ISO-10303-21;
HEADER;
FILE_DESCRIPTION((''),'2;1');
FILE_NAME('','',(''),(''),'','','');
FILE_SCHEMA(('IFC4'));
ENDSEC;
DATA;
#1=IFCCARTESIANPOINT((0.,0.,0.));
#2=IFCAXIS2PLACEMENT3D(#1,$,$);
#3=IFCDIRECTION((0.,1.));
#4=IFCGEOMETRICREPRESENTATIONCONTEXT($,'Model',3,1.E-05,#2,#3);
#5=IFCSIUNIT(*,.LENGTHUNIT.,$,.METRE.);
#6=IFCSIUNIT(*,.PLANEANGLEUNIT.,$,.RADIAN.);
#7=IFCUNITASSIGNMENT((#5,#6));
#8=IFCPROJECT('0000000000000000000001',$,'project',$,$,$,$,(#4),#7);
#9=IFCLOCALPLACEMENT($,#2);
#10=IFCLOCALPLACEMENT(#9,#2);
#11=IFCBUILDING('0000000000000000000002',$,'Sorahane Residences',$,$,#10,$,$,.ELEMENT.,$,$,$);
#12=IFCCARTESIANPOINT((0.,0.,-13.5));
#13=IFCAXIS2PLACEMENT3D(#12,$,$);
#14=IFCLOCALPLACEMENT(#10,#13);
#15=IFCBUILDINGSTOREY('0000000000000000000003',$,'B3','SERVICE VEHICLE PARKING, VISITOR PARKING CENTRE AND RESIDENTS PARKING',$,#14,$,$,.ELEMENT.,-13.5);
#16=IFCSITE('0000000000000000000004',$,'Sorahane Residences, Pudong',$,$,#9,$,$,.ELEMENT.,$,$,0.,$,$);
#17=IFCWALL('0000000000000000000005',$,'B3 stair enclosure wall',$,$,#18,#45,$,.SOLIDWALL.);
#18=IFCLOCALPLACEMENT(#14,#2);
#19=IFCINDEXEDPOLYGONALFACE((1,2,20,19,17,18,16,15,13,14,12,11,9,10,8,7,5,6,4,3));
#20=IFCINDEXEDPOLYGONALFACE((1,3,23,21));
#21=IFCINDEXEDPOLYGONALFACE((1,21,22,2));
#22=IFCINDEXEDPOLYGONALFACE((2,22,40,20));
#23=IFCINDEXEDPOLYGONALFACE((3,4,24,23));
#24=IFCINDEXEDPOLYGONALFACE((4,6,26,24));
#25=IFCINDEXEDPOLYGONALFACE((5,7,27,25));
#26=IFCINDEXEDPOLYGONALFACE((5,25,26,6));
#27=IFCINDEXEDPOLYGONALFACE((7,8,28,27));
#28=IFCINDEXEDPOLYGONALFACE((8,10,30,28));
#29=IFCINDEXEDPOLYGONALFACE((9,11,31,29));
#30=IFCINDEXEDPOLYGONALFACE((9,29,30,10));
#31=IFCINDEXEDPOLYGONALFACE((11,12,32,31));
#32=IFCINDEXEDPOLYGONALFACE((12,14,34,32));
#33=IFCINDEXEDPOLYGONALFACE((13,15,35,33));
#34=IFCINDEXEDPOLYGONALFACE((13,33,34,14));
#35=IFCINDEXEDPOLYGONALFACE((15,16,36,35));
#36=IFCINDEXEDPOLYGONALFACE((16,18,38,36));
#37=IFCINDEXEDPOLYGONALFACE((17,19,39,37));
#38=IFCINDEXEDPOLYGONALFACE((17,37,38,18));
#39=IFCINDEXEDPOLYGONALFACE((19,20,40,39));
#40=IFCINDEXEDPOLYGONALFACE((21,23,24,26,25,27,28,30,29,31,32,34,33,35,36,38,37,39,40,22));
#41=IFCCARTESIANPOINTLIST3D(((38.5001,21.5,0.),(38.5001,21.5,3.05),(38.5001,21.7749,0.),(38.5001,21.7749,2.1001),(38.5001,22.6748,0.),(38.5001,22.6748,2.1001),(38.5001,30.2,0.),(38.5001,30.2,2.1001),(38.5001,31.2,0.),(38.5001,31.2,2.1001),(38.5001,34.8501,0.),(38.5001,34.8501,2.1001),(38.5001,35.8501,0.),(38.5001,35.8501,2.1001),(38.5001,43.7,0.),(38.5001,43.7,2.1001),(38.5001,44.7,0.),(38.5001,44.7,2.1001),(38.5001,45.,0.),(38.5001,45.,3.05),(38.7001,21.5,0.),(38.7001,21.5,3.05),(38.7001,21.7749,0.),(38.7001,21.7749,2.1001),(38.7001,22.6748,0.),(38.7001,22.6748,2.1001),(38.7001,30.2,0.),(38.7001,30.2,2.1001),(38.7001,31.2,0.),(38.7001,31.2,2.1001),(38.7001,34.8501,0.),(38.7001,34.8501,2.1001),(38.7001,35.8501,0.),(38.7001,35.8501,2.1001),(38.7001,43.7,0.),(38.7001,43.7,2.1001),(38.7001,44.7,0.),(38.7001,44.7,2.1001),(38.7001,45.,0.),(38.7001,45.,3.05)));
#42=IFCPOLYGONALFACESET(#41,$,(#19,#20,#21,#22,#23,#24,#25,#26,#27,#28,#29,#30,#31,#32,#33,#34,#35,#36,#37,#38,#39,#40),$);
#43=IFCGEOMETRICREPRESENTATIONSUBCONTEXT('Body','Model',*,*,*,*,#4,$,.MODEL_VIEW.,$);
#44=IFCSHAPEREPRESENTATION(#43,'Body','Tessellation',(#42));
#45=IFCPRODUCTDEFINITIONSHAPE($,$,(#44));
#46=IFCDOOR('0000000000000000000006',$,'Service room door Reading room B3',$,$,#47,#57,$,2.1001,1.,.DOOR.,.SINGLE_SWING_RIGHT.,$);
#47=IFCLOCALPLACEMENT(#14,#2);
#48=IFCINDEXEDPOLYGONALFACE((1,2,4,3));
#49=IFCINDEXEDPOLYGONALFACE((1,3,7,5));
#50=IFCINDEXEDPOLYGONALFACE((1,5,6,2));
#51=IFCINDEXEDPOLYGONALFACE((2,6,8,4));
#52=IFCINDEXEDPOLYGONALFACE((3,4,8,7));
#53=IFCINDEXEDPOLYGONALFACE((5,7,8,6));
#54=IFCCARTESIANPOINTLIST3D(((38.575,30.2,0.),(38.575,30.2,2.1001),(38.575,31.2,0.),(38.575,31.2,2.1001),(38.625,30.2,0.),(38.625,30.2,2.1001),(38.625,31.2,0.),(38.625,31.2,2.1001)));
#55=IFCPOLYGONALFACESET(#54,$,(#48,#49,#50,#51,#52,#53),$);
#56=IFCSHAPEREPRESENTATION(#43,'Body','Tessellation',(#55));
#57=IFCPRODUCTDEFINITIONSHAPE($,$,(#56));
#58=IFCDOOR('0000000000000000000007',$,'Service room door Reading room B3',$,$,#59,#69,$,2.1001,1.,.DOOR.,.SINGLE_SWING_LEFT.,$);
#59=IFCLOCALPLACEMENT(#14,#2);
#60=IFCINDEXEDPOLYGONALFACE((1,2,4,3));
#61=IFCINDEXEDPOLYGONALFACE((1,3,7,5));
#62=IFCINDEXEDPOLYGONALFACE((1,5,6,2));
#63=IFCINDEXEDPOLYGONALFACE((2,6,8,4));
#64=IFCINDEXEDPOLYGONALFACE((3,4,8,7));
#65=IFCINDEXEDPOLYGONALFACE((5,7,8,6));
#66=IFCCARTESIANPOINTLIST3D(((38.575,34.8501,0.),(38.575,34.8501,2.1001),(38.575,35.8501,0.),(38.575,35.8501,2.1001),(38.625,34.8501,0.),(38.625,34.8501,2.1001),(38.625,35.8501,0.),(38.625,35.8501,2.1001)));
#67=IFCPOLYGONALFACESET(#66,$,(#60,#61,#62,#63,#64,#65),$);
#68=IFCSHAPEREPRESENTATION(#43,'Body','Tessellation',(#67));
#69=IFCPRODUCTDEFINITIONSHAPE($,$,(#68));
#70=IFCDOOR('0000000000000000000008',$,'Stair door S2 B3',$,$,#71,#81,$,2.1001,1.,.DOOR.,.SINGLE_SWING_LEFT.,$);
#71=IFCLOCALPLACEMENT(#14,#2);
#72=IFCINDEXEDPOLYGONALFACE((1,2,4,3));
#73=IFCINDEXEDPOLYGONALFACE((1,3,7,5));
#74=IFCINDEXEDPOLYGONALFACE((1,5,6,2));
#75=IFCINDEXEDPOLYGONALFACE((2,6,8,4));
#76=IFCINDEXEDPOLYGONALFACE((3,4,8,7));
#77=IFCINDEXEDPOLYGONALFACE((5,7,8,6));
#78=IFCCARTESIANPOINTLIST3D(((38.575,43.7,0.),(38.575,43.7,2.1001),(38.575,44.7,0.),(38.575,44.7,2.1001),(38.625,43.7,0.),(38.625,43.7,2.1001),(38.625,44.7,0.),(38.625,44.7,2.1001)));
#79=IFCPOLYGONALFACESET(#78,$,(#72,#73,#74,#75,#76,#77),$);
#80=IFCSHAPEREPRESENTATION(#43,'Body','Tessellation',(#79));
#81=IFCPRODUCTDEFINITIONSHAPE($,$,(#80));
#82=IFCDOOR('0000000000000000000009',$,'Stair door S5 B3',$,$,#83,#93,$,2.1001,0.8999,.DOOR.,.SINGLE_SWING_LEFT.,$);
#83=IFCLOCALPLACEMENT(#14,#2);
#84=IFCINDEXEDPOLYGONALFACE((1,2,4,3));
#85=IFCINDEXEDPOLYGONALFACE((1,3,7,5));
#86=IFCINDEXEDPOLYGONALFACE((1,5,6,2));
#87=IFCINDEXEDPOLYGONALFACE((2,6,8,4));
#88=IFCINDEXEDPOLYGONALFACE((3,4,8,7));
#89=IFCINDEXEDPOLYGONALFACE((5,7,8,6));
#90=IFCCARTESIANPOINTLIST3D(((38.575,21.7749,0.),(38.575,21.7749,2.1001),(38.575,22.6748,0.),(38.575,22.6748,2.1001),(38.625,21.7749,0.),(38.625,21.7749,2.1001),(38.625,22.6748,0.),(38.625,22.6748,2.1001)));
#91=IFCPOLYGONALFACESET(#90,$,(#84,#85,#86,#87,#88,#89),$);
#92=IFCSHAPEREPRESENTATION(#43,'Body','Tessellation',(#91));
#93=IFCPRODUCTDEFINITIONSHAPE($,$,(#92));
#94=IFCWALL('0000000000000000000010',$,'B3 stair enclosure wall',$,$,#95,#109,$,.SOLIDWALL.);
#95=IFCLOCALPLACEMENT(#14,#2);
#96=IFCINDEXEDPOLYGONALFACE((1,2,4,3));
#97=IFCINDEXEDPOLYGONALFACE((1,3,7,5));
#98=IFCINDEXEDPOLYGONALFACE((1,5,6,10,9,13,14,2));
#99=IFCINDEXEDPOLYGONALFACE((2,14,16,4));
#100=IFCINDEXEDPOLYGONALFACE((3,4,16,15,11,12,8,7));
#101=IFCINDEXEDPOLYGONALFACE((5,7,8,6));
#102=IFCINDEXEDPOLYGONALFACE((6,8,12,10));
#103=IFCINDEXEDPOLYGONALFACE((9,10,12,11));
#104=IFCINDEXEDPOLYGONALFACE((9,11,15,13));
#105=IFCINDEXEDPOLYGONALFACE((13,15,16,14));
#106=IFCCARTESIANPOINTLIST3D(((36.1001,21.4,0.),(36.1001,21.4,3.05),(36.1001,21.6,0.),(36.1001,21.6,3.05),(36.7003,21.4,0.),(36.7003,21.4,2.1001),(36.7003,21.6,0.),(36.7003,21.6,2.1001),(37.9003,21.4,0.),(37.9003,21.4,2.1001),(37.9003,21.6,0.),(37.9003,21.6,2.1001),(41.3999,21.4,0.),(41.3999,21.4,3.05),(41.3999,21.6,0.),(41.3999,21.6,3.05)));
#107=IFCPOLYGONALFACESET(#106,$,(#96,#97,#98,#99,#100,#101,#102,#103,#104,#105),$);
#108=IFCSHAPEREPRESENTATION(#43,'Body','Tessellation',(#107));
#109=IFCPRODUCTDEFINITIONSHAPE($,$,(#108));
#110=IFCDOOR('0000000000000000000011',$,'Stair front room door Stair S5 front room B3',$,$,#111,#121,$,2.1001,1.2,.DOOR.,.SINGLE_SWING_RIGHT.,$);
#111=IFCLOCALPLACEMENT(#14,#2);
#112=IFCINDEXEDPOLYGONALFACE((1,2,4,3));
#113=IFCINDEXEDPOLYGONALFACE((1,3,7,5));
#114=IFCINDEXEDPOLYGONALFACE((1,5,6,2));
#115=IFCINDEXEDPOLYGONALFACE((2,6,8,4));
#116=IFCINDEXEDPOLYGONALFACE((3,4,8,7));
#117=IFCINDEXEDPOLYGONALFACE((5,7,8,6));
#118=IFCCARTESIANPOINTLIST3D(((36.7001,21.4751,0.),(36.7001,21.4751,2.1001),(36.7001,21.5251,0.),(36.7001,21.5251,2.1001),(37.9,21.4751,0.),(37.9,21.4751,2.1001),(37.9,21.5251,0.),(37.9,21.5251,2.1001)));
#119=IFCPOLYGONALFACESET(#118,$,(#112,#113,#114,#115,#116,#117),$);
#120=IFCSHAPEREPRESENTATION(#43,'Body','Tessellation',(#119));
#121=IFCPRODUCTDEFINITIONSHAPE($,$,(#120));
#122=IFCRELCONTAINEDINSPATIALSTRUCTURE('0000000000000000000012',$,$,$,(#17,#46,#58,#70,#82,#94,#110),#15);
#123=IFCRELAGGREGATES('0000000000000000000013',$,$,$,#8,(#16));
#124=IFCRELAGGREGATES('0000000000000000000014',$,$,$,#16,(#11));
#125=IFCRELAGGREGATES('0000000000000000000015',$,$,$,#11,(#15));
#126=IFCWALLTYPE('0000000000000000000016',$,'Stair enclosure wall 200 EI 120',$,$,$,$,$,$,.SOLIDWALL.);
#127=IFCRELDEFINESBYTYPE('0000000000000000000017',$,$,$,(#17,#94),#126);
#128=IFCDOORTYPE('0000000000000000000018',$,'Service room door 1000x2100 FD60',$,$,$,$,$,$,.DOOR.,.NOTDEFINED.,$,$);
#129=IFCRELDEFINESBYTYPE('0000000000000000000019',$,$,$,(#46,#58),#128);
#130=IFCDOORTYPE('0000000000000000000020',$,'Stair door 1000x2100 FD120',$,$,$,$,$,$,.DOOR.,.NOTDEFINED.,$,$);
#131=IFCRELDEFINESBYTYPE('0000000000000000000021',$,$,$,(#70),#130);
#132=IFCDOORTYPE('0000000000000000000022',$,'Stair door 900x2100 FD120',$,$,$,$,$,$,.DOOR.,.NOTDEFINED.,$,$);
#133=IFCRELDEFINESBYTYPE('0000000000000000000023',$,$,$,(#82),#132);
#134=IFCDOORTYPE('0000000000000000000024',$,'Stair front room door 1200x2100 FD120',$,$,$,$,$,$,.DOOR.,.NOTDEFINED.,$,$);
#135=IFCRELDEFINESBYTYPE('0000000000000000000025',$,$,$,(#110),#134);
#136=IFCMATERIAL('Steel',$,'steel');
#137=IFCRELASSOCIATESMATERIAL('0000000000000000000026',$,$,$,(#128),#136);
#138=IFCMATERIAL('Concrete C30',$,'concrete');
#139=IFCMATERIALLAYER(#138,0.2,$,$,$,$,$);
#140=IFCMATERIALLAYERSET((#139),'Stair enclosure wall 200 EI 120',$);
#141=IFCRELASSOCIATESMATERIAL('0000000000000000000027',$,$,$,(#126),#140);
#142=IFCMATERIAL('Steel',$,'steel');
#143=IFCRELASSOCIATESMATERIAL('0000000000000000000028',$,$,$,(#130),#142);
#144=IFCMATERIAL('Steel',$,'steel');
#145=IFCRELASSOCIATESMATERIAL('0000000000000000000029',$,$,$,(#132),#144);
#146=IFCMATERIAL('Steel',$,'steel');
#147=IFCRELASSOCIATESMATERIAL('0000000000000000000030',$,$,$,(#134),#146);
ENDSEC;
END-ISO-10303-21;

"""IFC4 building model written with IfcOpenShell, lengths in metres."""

from ifc_helpers import new_model, si_unit, direction, frame, frame_2d, origin, place, context, subcontext, project, spatial, rectangle, extrude, material, layer, layer_set, type_object, element, fill, save


model = new_model("IFC4")

# Units and contexts
model_context = context("Model", 3, precision=1e-05, world=origin(), true_north=direction((0.0, 1.0)))
body_context = subcontext(model_context, "Body", "Model", "MODEL_VIEW")
ifc_project = project(units=[si_unit("LENGTHUNIT", "METRE"), si_unit("PLANEANGLEUNIT", "RADIAN")], contexts=[model_context])

# Site, building, storey
site_placement = place(None, origin())
site = spatial("IfcSite", under=ifc_project, at=site_placement, Name="Sorahane Residences, Pudong", CompositionType="ELEMENT", RefElevation=0.0)
building_placement = place(site_placement, origin())
building = spatial("IfcBuilding", under=site, at=building_placement, Name="Sorahane Residences", CompositionType="ELEMENT")
storey_placement = place(building_placement, frame((0.0, 0.0, -13.5)))
storey = spatial("IfcBuildingStorey", under=building, at=storey_placement, Name="B3", Description="SERVICE VEHICLE PARKING, VISITOR PARKING CENTRE AND RESIDENTS PARKING", CompositionType="ELEMENT", Elevation=-13.5)

# Shared definitions
ifc_material_1 = material(Name="Steel", Category="steel")
door_type_1 = type_object("IfcDoorType", Name="Service room door 1000x2100 FD60", OperationType="NOTDEFINED", PredefinedType="DOOR", material=ifc_material_1)

# Wall, openings, doors
ifc_material_2 = material(Name="Concrete C30", Category="concrete")
ifc_layer_1 = layer(ifc_material_2, 0.2)
ifc_layer_set_1 = layer_set([ifc_layer_1], Name="Stair enclosure wall 200 EI 120")
wall_type_1 = type_object("IfcWallType", Name="Stair enclosure wall 200 EI 120", PredefinedType="SOLIDWALL", material=ifc_layer_set_1)
wall_1_placement = place(storey_placement, frame((38.6001, 21.5, 0.0), z_axis=(0.0, 0.0, 1.0), x_axis=(0.0, 1.0, 0.0)))
wall_1 = element("IfcWall", 1, at=wall_1_placement, inside=storey, type_object=wall_type_1, Name="B3 stair enclosure wall", PredefinedType="SOLIDWALL", context=body_context, shape_type="SweptSolid", body=[
    extrude(rectangle(XDim=23.5, YDim=0.2, at=frame_2d((11.75, 0.0))), origin(), (0.0, 0.0, 1.0), 3.05),
])
opening_1_placement = place(wall_1_placement, frame((8.7, 0.0, 0.0)))
opening_1 = element("IfcOpeningElement", 2, at=opening_1_placement, cuts=wall_1, PredefinedType="OPENING", context=body_context, shape_type="SweptSolid", body=[
    extrude(rectangle(XDim=1.0, YDim=2.1001, at=frame_2d((0.5, 1.05))), frame((0.0, 0.1099, 0.0), z_axis=(0.0, -1.0, 0.0), x_axis=(1.0, 0.0, 0.0)), (0.0, 0.0, 1.0), 0.22),
])
opening_2_placement = place(wall_1_placement, frame((13.3501, 0.0, 0.0)))
opening_2 = element("IfcOpeningElement", 3, at=opening_2_placement, cuts=wall_1, PredefinedType="OPENING", context=body_context, shape_type="SweptSolid", body=[
    extrude(rectangle(XDim=1.0, YDim=2.1001, at=frame_2d((0.5, 1.05))), frame((0.0, 0.1099, 0.0), z_axis=(0.0, -1.0, 0.0), x_axis=(1.0, 0.0, 0.0)), (0.0, 0.0, 1.0), 0.22),
])
opening_3_placement = place(wall_1_placement, frame((22.2, 0.0, 0.0)))
opening_3 = element("IfcOpeningElement", 4, at=opening_3_placement, cuts=wall_1, PredefinedType="OPENING", context=body_context, shape_type="SweptSolid", body=[
    extrude(rectangle(XDim=1.0, YDim=2.1001, at=frame_2d((0.5, 1.05))), frame((0.0, 0.1099, 0.0), z_axis=(0.0, -1.0, 0.0), x_axis=(1.0, 0.0, 0.0)), (0.0, 0.0, 1.0), 0.22),
])
opening_4_placement = place(wall_1_placement, frame((0.2749, 0.0, 0.0)))
opening_4 = element("IfcOpeningElement", 5, at=opening_4_placement, cuts=wall_1, PredefinedType="OPENING", context=body_context, shape_type="SweptSolid", body=[
    extrude(rectangle(XDim=0.8999, YDim=2.1001, at=frame_2d((0.45, 1.05))), frame((0.0, 0.1099, 0.0), z_axis=(0.0, -1.0, 0.0), x_axis=(1.0, 0.0, 0.0)), (0.0, 0.0, 1.0), 0.22),
])
door_1_placement = place(opening_1_placement, frame((1.0, 0.0, 0.0), z_axis=(0.0, 0.0, 1.0), x_axis=(-1.0, 0.0, 0.0)))
door_1 = element("IfcDoor", 6, at=door_1_placement, inside=storey, type_object=door_type_1, Name="Service room door Reading room B3", OperationType="SINGLE_SWING_RIGHT", OverallHeight=2.1001, OverallWidth=1.0, PredefinedType="DOOR", context=body_context, shape_type="SweptSolid", body=[
    extrude(rectangle(XDim=1.0, YDim=2.1001, at=frame_2d((0.5, 1.05))), frame((0.0, 0.0249, 0.0), z_axis=(0.0, -1.0, 0.0), x_axis=(1.0, 0.0, 0.0)), (0.0, 0.0, 1.0), 0.05),
])
fill(opening_1, door_1)
door_2_placement = place(opening_2_placement, frame((1.0, 0.0, 0.0), z_axis=(0.0, 0.0, 1.0), x_axis=(-1.0, 0.0, 0.0)))
door_2 = element("IfcDoor", 7, at=door_2_placement, inside=storey, type_object=door_type_1, Name="Service room door Reading room B3", OperationType="SINGLE_SWING_LEFT", OverallHeight=2.1001, OverallWidth=1.0, PredefinedType="DOOR", context=body_context, shape_type="SweptSolid", body=[
    extrude(rectangle(XDim=1.0, YDim=2.1001, at=frame_2d((0.5, 1.05))), frame((0.0, 0.0249, 0.0), z_axis=(0.0, -1.0, 0.0), x_axis=(1.0, 0.0, 0.0)), (0.0, 0.0, 1.0), 0.05),
])
fill(opening_2, door_2)
ifc_material_3 = material(Name="Steel", Category="steel")
door_type_2 = type_object("IfcDoorType", Name="Stair door 1000x2100 FD120", OperationType="NOTDEFINED", PredefinedType="DOOR", material=ifc_material_3)
door_3_placement = place(opening_3_placement, frame((1.0, 0.0, 0.0), z_axis=(0.0, 0.0, 1.0), x_axis=(-1.0, 0.0, 0.0)))
door_3 = element("IfcDoor", 8, at=door_3_placement, inside=storey, type_object=door_type_2, Name="Stair door S2 B3", OperationType="SINGLE_SWING_LEFT", OverallHeight=2.1001, OverallWidth=1.0, PredefinedType="DOOR", context=body_context, shape_type="SweptSolid", body=[
    extrude(rectangle(XDim=1.0, YDim=2.1001, at=frame_2d((0.5, 1.05))), frame((0.0, 0.0249, 0.0), z_axis=(0.0, -1.0, 0.0), x_axis=(1.0, 0.0, 0.0)), (0.0, 0.0, 1.0), 0.05),
])
fill(opening_3, door_3)
ifc_material_4 = material(Name="Steel", Category="steel")
door_type_3 = type_object("IfcDoorType", Name="Stair door 900x2100 FD120", OperationType="NOTDEFINED", PredefinedType="DOOR", material=ifc_material_4)
door_4_placement = place(opening_4_placement, frame((0.8999, 0.0, 0.0), z_axis=(0.0, 0.0, 1.0), x_axis=(-1.0, 0.0, 0.0)))
door_4 = element("IfcDoor", 9, at=door_4_placement, inside=storey, type_object=door_type_3, Name="Stair door S5 B3", OperationType="SINGLE_SWING_LEFT", OverallHeight=2.1001, OverallWidth=0.8999, PredefinedType="DOOR", context=body_context, shape_type="SweptSolid", body=[
    extrude(rectangle(XDim=0.8999, YDim=2.1001, at=frame_2d((0.45, 1.05))), frame((0.0, 0.0249, 0.0), z_axis=(0.0, -1.0, 0.0), x_axis=(1.0, 0.0, 0.0)), (0.0, 0.0, 1.0), 0.05),
])
fill(opening_4, door_4)

# Wall, opening, door
wall_2_placement = place(storey_placement, frame((36.1001, 21.5, 0.0), z_axis=(0.0, 0.0, 1.0), x_axis=(1.0, 0.0, 0.0)))
wall_2 = element("IfcWall", 10, at=wall_2_placement, inside=storey, type_object=wall_type_1, Name="B3 stair enclosure wall", PredefinedType="SOLIDWALL", context=body_context, shape_type="SweptSolid", body=[
    extrude(rectangle(XDim=5.2998, YDim=0.2, at=frame_2d((2.6499, 0.0))), origin(), (0.0, 0.0, 1.0), 3.05),
])
opening_5_placement = place(wall_2_placement, frame((0.6001, 0.0, 0.0)))
opening_5 = element("IfcOpeningElement", 11, at=opening_5_placement, cuts=wall_2, PredefinedType="OPENING", context=body_context, shape_type="SweptSolid", body=[
    extrude(rectangle(XDim=1.2, YDim=2.1001, at=frame_2d((0.6001, 1.05))), frame((0.0, 0.1099, 0.0), z_axis=(0.0, -1.0, 0.0), x_axis=(1.0, 0.0, 0.0)), (0.0, 0.0, 1.0), 0.22),
])
ifc_material_5 = material(Name="Steel", Category="steel")
door_type_4 = type_object("IfcDoorType", Name="Stair front room door 1200x2100 FD120", OperationType="NOTDEFINED", PredefinedType="DOOR", material=ifc_material_5)
door_5_placement = place(opening_5_placement, frame((1.2, 0.0, 0.0), z_axis=(0.0, 0.0, 1.0), x_axis=(-1.0, 0.0, 0.0)))
door_5 = element("IfcDoor", 12, at=door_5_placement, inside=storey, type_object=door_type_4, Name="Stair front room door Stair S5 front room B3", OperationType="SINGLE_SWING_RIGHT", OverallHeight=2.1001, OverallWidth=1.2, PredefinedType="DOOR", context=body_context, shape_type="SweptSolid", body=[
    extrude(rectangle(XDim=1.2, YDim=2.1001, at=frame_2d((0.6001, 1.05))), frame((0.0, 0.0249, 0.0), z_axis=(0.0, -1.0, 0.0), x_axis=(1.0, 0.0, 0.0)), (0.0, 0.0, 1.0), 0.05),
])
fill(opening_5, door_5)

save(model, "model.ifc")
